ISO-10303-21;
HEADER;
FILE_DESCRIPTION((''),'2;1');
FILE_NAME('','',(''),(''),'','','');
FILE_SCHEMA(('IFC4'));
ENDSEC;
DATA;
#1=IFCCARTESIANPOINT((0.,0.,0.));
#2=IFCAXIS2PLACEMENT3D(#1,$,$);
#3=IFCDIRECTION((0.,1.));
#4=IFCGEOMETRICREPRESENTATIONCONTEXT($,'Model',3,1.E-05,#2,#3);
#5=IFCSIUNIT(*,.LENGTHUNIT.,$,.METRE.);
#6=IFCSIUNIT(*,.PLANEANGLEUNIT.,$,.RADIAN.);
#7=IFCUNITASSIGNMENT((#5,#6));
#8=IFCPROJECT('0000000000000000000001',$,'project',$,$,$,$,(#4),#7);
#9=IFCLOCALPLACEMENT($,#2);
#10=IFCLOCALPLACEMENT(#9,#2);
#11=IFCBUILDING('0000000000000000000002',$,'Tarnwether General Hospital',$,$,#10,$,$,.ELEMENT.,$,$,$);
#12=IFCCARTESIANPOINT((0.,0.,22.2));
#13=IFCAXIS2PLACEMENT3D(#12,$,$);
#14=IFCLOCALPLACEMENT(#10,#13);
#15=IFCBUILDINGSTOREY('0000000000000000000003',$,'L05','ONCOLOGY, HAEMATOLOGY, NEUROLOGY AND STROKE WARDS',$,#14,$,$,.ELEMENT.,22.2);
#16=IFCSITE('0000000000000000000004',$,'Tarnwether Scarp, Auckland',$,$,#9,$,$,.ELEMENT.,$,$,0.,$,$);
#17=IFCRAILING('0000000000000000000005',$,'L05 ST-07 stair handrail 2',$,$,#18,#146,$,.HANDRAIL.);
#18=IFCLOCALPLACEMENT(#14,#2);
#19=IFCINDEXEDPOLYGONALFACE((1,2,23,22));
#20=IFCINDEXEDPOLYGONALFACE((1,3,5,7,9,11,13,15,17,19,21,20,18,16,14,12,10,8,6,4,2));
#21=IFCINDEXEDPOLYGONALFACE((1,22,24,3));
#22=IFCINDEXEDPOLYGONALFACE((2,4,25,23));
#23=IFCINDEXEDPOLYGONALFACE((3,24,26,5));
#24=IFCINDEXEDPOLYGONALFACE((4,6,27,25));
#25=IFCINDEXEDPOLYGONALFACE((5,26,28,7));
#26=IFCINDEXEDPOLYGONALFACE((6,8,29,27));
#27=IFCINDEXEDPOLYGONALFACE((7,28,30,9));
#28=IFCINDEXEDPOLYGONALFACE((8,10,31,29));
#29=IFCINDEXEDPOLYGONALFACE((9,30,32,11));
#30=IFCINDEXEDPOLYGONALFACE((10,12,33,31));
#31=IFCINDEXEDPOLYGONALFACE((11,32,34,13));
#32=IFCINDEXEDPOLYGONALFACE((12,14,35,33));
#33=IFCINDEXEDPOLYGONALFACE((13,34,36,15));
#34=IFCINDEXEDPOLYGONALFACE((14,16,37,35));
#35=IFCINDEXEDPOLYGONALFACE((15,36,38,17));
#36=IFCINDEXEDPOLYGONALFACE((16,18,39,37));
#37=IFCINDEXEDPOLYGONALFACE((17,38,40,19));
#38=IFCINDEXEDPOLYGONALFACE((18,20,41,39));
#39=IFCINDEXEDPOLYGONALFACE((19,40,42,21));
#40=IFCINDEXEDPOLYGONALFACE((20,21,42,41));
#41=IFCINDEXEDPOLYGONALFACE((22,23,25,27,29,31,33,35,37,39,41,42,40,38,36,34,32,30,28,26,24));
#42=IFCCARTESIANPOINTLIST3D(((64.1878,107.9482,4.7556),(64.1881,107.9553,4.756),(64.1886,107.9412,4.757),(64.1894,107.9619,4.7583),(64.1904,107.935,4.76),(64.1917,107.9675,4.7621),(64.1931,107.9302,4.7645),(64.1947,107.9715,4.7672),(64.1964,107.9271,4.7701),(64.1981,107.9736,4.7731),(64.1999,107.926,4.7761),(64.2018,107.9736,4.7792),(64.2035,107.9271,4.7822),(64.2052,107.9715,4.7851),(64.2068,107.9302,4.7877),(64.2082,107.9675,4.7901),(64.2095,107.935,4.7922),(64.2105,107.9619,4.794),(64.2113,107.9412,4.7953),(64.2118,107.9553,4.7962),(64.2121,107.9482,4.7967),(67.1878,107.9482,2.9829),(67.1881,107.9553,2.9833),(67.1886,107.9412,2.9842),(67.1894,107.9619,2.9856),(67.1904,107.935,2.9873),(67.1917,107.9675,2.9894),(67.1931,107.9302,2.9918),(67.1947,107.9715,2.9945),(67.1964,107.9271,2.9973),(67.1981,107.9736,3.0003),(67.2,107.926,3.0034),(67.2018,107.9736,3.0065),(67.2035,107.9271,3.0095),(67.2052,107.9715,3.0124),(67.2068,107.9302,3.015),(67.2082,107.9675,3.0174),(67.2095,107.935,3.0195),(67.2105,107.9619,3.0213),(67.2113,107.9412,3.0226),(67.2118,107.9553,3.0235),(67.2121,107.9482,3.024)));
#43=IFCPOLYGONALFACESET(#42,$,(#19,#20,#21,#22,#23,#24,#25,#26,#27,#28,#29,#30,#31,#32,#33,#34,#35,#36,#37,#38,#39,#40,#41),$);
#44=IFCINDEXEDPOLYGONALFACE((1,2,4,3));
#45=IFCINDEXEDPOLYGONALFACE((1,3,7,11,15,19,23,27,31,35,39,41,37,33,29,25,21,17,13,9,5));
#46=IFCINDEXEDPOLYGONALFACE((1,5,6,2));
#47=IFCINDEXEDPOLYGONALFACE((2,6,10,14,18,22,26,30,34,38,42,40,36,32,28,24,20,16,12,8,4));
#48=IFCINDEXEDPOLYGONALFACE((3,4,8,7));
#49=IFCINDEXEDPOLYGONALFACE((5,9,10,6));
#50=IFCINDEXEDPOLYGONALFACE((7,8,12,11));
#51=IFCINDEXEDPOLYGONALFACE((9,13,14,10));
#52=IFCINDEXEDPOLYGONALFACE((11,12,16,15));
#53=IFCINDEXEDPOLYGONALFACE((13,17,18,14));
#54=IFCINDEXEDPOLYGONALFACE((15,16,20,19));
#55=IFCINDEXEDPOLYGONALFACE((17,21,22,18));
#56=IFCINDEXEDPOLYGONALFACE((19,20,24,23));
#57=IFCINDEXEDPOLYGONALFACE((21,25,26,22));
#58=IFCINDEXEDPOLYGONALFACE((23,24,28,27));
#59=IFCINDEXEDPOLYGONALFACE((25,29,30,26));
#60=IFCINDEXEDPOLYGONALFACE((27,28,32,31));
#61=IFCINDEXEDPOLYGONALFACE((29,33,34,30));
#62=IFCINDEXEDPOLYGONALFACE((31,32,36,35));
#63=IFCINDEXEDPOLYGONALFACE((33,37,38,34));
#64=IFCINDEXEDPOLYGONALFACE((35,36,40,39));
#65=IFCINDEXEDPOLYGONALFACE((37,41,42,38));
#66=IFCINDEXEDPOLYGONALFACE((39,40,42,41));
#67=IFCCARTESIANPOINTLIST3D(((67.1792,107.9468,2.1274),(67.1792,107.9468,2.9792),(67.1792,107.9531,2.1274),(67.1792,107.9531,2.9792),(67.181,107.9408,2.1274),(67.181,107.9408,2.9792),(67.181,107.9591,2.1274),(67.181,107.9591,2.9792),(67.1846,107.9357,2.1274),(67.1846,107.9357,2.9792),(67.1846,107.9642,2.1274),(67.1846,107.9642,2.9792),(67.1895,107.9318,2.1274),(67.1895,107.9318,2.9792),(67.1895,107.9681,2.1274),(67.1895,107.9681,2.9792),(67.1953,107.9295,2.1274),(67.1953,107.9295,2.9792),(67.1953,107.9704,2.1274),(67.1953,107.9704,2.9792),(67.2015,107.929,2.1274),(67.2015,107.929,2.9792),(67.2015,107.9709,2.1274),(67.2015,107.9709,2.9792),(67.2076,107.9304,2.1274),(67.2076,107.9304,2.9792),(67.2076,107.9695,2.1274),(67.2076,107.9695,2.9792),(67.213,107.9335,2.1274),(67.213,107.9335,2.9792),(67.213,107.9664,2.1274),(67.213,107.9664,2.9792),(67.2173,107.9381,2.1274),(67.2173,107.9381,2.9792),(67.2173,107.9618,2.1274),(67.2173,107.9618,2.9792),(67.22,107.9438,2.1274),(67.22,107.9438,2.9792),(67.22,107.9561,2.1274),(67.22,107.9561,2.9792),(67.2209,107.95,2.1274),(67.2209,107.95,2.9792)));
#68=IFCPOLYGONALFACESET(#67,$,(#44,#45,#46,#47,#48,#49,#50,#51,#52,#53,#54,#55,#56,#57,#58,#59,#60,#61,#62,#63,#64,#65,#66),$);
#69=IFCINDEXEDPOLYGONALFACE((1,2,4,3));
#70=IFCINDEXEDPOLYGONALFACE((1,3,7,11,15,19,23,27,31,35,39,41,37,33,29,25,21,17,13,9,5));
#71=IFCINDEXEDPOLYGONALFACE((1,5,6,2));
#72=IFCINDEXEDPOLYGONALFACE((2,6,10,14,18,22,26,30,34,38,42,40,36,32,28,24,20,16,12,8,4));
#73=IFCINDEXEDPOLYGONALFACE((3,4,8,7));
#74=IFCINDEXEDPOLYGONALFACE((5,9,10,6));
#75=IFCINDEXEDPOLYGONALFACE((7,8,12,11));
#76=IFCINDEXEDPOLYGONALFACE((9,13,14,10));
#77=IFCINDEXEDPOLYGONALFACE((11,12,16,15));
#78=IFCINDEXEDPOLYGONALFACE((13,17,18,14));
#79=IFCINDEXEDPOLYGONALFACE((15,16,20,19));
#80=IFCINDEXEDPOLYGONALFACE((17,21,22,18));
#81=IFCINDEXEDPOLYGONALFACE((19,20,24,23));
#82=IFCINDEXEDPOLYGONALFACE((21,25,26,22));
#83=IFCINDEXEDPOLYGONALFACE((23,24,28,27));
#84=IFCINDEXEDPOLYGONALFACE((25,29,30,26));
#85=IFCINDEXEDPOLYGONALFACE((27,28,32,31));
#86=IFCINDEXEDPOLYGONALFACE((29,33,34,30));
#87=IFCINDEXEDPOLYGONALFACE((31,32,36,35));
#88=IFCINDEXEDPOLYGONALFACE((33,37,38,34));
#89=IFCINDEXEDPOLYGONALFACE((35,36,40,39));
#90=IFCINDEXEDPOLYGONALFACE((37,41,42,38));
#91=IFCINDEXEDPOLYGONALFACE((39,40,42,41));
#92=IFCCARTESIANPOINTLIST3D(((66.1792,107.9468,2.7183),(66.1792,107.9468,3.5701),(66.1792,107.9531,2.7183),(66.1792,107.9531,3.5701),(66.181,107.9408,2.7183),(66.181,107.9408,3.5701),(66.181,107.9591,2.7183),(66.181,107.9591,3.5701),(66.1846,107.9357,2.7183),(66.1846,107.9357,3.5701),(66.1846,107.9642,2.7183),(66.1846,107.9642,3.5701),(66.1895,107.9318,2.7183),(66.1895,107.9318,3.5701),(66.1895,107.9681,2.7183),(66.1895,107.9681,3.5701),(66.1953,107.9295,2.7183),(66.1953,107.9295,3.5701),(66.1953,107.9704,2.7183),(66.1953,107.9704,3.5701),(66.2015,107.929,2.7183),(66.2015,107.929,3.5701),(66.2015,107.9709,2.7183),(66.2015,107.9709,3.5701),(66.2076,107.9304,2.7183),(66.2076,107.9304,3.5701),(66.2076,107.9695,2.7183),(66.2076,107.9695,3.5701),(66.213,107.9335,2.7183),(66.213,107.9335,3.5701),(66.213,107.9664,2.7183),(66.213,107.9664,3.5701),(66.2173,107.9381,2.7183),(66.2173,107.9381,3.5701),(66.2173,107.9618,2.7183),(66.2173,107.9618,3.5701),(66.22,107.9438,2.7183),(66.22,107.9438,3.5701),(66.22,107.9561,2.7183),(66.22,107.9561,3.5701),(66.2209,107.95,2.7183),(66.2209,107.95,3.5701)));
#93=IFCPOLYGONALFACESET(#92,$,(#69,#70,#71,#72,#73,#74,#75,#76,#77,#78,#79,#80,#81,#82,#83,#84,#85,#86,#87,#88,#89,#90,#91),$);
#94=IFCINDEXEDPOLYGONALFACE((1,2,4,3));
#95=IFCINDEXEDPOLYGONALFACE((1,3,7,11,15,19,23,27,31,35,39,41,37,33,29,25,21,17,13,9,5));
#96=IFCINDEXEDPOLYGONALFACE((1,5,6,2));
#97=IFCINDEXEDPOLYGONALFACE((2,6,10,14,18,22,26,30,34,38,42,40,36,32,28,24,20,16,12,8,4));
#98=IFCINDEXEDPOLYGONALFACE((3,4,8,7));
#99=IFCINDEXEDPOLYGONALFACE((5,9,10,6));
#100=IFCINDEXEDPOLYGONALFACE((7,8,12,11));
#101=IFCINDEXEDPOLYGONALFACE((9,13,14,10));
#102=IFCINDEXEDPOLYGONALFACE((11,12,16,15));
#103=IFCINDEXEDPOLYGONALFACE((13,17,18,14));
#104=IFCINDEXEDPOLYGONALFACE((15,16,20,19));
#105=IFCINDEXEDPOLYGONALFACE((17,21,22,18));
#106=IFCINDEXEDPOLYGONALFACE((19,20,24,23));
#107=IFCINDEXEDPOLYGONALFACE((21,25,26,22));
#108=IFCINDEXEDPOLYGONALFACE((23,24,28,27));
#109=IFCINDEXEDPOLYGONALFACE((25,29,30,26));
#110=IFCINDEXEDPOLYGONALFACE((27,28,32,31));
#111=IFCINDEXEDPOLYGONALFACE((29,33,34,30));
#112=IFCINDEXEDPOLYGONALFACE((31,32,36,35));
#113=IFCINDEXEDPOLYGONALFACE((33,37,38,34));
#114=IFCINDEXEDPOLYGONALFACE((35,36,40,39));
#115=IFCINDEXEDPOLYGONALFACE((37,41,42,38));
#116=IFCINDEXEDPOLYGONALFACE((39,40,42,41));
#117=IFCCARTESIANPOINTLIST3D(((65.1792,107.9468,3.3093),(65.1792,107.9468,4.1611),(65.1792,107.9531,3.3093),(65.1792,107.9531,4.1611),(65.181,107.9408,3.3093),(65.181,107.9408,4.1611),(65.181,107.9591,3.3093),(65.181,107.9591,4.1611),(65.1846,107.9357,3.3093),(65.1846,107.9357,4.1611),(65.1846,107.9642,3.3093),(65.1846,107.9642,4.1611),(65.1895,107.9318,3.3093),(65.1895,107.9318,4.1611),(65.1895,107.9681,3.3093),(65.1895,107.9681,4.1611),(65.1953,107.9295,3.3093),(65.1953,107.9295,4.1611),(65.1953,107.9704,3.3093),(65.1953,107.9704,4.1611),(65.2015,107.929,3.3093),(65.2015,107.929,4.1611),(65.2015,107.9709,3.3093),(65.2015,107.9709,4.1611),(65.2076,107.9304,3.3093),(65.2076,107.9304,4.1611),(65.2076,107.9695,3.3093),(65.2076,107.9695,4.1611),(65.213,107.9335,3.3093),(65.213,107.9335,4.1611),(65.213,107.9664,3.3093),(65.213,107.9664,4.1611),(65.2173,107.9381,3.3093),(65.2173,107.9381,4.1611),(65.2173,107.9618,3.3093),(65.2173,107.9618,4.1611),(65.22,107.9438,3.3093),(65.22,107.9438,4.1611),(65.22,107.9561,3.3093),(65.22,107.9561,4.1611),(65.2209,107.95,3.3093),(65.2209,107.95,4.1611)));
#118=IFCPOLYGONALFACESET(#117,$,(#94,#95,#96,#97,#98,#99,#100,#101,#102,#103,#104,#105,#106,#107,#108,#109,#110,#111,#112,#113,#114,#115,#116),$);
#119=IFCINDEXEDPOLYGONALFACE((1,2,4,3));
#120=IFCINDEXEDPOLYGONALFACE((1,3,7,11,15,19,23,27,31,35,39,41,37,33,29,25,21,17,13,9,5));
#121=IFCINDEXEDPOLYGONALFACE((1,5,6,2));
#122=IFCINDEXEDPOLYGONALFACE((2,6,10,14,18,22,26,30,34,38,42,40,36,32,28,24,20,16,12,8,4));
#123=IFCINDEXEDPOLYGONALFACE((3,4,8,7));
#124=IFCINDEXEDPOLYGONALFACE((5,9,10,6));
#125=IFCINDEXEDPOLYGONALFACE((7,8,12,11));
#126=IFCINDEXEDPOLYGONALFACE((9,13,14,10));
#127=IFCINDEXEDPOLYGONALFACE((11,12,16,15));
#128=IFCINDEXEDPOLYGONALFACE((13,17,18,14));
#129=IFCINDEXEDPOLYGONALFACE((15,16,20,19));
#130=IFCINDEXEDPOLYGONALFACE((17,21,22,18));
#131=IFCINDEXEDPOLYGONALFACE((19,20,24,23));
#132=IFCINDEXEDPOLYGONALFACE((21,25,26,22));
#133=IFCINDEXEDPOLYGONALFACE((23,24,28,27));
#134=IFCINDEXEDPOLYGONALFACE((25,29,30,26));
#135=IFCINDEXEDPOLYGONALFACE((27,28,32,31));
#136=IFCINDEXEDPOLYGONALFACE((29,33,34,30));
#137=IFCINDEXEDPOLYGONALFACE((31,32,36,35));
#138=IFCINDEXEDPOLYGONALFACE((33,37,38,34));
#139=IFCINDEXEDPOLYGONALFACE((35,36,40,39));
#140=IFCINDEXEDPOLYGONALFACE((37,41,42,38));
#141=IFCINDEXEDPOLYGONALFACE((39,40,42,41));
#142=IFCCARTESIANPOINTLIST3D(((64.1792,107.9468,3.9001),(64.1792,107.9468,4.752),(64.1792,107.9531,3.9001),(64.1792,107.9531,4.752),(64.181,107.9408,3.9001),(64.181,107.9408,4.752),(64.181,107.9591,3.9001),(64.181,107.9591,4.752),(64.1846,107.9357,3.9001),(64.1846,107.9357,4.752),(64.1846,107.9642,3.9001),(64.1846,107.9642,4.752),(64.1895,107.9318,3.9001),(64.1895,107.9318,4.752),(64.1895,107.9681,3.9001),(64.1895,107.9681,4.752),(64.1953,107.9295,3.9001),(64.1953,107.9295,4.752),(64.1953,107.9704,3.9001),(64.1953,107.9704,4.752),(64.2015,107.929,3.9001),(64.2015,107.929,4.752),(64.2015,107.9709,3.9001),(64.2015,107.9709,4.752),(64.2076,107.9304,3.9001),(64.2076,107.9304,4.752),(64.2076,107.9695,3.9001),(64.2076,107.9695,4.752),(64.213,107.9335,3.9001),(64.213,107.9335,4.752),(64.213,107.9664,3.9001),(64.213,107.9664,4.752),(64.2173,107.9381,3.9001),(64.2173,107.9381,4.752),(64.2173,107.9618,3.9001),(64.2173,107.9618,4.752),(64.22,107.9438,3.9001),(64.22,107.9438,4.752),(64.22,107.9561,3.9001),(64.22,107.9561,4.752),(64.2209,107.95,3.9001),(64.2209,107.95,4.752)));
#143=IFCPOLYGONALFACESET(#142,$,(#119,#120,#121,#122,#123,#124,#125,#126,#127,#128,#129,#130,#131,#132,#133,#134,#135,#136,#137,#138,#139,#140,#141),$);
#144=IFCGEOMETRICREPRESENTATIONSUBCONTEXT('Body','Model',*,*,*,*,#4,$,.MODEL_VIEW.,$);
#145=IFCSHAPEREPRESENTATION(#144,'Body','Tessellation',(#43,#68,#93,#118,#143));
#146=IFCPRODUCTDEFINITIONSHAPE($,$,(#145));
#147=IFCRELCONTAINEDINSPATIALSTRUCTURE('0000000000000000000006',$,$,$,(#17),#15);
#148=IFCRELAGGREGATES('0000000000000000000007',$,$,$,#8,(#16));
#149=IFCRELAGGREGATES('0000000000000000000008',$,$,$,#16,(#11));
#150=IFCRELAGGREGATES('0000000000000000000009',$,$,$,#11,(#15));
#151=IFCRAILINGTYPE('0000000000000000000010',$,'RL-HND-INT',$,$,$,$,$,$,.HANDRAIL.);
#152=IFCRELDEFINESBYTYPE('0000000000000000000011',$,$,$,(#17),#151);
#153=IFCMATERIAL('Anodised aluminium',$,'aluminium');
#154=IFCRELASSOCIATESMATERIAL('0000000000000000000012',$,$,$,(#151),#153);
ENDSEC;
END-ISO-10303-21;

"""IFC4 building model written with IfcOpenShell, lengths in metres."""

from ifc_helpers import new_model, si_unit, direction, frame, origin, origin_2d, place, context, subcontext, project, spatial, circle, extrude, material, type_object, element, save


model = new_model("IFC4")

# Units and contexts
model_context = context("Model", 3, precision=1e-05, world=origin(), true_north=direction((0.0, 1.0)))
body_context = subcontext(model_context, "Body", "Model", "MODEL_VIEW")
ifc_project = project(units=[si_unit("LENGTHUNIT", "METRE"), si_unit("PLANEANGLEUNIT", "RADIAN")], contexts=[model_context])

# Site, building, storey
site_placement = place(None, origin())
site = spatial("IfcSite", under=ifc_project, at=site_placement, Name="Tarnwether Scarp, Auckland", CompositionType="ELEMENT", RefElevation=0.0)
building_placement = place(site_placement, origin())
building = spatial("IfcBuilding", under=site, at=building_placement, Name="Tarnwether General Hospital", CompositionType="ELEMENT")
storey_placement = place(building_placement, frame((0.0, 0.0, 22.2)))
storey = spatial("IfcBuildingStorey", under=building, at=storey_placement, Name="L05", Description="ONCOLOGY, HAEMATOLOGY, NEUROLOGY AND STROKE WARDS", CompositionType="ELEMENT", Elevation=22.2)

# Railing
ifc_material_1 = material(Name="Anodised aluminium", Category="aluminium")
railing_type_1 = type_object("IfcRailingType", Name="RL-HND-INT", PredefinedType="HANDRAIL", material=ifc_material_1)
railing_1_placement = place(storey_placement, frame((67.2, 107.95, 2.1274)))
element("IfcRailing", 1, at=railing_1_placement, inside=storey, type_object=railing_type_1, Name="L05 ST-07 stair handrail 2", PredefinedType="HANDRAIL", context=body_context, shape_type="SweptSolid", body=[
    extrude(circle(Radius=0.0239, at=origin_2d()), frame((0.0, 0.0, 0.876), z_axis=(-0.860929, 0.0, 0.508725), x_axis=(0.0, -1.0, 0.0)), (0.0, 0.0, 1.0), 3.4846),
    extrude(circle(Radius=0.021, at=origin_2d()), origin(), (0.0, 0.0, 1.0), 0.8518),
    extrude(circle(Radius=0.021, at=origin_2d()), frame((-1.0, 0.0, 0.5908)), (0.0, 0.0, 1.0), 0.8518),
    extrude(circle(Radius=0.021, at=origin_2d()), frame((-2.0, 0.0, 1.1819)), (0.0, 0.0, 1.0), 0.8518),
    extrude(circle(Radius=0.021, at=origin_2d()), frame((-3.0, 0.0, 1.7727)), (0.0, 0.0, 1.0), 0.8518),
])

save(model, "model.ifc")
